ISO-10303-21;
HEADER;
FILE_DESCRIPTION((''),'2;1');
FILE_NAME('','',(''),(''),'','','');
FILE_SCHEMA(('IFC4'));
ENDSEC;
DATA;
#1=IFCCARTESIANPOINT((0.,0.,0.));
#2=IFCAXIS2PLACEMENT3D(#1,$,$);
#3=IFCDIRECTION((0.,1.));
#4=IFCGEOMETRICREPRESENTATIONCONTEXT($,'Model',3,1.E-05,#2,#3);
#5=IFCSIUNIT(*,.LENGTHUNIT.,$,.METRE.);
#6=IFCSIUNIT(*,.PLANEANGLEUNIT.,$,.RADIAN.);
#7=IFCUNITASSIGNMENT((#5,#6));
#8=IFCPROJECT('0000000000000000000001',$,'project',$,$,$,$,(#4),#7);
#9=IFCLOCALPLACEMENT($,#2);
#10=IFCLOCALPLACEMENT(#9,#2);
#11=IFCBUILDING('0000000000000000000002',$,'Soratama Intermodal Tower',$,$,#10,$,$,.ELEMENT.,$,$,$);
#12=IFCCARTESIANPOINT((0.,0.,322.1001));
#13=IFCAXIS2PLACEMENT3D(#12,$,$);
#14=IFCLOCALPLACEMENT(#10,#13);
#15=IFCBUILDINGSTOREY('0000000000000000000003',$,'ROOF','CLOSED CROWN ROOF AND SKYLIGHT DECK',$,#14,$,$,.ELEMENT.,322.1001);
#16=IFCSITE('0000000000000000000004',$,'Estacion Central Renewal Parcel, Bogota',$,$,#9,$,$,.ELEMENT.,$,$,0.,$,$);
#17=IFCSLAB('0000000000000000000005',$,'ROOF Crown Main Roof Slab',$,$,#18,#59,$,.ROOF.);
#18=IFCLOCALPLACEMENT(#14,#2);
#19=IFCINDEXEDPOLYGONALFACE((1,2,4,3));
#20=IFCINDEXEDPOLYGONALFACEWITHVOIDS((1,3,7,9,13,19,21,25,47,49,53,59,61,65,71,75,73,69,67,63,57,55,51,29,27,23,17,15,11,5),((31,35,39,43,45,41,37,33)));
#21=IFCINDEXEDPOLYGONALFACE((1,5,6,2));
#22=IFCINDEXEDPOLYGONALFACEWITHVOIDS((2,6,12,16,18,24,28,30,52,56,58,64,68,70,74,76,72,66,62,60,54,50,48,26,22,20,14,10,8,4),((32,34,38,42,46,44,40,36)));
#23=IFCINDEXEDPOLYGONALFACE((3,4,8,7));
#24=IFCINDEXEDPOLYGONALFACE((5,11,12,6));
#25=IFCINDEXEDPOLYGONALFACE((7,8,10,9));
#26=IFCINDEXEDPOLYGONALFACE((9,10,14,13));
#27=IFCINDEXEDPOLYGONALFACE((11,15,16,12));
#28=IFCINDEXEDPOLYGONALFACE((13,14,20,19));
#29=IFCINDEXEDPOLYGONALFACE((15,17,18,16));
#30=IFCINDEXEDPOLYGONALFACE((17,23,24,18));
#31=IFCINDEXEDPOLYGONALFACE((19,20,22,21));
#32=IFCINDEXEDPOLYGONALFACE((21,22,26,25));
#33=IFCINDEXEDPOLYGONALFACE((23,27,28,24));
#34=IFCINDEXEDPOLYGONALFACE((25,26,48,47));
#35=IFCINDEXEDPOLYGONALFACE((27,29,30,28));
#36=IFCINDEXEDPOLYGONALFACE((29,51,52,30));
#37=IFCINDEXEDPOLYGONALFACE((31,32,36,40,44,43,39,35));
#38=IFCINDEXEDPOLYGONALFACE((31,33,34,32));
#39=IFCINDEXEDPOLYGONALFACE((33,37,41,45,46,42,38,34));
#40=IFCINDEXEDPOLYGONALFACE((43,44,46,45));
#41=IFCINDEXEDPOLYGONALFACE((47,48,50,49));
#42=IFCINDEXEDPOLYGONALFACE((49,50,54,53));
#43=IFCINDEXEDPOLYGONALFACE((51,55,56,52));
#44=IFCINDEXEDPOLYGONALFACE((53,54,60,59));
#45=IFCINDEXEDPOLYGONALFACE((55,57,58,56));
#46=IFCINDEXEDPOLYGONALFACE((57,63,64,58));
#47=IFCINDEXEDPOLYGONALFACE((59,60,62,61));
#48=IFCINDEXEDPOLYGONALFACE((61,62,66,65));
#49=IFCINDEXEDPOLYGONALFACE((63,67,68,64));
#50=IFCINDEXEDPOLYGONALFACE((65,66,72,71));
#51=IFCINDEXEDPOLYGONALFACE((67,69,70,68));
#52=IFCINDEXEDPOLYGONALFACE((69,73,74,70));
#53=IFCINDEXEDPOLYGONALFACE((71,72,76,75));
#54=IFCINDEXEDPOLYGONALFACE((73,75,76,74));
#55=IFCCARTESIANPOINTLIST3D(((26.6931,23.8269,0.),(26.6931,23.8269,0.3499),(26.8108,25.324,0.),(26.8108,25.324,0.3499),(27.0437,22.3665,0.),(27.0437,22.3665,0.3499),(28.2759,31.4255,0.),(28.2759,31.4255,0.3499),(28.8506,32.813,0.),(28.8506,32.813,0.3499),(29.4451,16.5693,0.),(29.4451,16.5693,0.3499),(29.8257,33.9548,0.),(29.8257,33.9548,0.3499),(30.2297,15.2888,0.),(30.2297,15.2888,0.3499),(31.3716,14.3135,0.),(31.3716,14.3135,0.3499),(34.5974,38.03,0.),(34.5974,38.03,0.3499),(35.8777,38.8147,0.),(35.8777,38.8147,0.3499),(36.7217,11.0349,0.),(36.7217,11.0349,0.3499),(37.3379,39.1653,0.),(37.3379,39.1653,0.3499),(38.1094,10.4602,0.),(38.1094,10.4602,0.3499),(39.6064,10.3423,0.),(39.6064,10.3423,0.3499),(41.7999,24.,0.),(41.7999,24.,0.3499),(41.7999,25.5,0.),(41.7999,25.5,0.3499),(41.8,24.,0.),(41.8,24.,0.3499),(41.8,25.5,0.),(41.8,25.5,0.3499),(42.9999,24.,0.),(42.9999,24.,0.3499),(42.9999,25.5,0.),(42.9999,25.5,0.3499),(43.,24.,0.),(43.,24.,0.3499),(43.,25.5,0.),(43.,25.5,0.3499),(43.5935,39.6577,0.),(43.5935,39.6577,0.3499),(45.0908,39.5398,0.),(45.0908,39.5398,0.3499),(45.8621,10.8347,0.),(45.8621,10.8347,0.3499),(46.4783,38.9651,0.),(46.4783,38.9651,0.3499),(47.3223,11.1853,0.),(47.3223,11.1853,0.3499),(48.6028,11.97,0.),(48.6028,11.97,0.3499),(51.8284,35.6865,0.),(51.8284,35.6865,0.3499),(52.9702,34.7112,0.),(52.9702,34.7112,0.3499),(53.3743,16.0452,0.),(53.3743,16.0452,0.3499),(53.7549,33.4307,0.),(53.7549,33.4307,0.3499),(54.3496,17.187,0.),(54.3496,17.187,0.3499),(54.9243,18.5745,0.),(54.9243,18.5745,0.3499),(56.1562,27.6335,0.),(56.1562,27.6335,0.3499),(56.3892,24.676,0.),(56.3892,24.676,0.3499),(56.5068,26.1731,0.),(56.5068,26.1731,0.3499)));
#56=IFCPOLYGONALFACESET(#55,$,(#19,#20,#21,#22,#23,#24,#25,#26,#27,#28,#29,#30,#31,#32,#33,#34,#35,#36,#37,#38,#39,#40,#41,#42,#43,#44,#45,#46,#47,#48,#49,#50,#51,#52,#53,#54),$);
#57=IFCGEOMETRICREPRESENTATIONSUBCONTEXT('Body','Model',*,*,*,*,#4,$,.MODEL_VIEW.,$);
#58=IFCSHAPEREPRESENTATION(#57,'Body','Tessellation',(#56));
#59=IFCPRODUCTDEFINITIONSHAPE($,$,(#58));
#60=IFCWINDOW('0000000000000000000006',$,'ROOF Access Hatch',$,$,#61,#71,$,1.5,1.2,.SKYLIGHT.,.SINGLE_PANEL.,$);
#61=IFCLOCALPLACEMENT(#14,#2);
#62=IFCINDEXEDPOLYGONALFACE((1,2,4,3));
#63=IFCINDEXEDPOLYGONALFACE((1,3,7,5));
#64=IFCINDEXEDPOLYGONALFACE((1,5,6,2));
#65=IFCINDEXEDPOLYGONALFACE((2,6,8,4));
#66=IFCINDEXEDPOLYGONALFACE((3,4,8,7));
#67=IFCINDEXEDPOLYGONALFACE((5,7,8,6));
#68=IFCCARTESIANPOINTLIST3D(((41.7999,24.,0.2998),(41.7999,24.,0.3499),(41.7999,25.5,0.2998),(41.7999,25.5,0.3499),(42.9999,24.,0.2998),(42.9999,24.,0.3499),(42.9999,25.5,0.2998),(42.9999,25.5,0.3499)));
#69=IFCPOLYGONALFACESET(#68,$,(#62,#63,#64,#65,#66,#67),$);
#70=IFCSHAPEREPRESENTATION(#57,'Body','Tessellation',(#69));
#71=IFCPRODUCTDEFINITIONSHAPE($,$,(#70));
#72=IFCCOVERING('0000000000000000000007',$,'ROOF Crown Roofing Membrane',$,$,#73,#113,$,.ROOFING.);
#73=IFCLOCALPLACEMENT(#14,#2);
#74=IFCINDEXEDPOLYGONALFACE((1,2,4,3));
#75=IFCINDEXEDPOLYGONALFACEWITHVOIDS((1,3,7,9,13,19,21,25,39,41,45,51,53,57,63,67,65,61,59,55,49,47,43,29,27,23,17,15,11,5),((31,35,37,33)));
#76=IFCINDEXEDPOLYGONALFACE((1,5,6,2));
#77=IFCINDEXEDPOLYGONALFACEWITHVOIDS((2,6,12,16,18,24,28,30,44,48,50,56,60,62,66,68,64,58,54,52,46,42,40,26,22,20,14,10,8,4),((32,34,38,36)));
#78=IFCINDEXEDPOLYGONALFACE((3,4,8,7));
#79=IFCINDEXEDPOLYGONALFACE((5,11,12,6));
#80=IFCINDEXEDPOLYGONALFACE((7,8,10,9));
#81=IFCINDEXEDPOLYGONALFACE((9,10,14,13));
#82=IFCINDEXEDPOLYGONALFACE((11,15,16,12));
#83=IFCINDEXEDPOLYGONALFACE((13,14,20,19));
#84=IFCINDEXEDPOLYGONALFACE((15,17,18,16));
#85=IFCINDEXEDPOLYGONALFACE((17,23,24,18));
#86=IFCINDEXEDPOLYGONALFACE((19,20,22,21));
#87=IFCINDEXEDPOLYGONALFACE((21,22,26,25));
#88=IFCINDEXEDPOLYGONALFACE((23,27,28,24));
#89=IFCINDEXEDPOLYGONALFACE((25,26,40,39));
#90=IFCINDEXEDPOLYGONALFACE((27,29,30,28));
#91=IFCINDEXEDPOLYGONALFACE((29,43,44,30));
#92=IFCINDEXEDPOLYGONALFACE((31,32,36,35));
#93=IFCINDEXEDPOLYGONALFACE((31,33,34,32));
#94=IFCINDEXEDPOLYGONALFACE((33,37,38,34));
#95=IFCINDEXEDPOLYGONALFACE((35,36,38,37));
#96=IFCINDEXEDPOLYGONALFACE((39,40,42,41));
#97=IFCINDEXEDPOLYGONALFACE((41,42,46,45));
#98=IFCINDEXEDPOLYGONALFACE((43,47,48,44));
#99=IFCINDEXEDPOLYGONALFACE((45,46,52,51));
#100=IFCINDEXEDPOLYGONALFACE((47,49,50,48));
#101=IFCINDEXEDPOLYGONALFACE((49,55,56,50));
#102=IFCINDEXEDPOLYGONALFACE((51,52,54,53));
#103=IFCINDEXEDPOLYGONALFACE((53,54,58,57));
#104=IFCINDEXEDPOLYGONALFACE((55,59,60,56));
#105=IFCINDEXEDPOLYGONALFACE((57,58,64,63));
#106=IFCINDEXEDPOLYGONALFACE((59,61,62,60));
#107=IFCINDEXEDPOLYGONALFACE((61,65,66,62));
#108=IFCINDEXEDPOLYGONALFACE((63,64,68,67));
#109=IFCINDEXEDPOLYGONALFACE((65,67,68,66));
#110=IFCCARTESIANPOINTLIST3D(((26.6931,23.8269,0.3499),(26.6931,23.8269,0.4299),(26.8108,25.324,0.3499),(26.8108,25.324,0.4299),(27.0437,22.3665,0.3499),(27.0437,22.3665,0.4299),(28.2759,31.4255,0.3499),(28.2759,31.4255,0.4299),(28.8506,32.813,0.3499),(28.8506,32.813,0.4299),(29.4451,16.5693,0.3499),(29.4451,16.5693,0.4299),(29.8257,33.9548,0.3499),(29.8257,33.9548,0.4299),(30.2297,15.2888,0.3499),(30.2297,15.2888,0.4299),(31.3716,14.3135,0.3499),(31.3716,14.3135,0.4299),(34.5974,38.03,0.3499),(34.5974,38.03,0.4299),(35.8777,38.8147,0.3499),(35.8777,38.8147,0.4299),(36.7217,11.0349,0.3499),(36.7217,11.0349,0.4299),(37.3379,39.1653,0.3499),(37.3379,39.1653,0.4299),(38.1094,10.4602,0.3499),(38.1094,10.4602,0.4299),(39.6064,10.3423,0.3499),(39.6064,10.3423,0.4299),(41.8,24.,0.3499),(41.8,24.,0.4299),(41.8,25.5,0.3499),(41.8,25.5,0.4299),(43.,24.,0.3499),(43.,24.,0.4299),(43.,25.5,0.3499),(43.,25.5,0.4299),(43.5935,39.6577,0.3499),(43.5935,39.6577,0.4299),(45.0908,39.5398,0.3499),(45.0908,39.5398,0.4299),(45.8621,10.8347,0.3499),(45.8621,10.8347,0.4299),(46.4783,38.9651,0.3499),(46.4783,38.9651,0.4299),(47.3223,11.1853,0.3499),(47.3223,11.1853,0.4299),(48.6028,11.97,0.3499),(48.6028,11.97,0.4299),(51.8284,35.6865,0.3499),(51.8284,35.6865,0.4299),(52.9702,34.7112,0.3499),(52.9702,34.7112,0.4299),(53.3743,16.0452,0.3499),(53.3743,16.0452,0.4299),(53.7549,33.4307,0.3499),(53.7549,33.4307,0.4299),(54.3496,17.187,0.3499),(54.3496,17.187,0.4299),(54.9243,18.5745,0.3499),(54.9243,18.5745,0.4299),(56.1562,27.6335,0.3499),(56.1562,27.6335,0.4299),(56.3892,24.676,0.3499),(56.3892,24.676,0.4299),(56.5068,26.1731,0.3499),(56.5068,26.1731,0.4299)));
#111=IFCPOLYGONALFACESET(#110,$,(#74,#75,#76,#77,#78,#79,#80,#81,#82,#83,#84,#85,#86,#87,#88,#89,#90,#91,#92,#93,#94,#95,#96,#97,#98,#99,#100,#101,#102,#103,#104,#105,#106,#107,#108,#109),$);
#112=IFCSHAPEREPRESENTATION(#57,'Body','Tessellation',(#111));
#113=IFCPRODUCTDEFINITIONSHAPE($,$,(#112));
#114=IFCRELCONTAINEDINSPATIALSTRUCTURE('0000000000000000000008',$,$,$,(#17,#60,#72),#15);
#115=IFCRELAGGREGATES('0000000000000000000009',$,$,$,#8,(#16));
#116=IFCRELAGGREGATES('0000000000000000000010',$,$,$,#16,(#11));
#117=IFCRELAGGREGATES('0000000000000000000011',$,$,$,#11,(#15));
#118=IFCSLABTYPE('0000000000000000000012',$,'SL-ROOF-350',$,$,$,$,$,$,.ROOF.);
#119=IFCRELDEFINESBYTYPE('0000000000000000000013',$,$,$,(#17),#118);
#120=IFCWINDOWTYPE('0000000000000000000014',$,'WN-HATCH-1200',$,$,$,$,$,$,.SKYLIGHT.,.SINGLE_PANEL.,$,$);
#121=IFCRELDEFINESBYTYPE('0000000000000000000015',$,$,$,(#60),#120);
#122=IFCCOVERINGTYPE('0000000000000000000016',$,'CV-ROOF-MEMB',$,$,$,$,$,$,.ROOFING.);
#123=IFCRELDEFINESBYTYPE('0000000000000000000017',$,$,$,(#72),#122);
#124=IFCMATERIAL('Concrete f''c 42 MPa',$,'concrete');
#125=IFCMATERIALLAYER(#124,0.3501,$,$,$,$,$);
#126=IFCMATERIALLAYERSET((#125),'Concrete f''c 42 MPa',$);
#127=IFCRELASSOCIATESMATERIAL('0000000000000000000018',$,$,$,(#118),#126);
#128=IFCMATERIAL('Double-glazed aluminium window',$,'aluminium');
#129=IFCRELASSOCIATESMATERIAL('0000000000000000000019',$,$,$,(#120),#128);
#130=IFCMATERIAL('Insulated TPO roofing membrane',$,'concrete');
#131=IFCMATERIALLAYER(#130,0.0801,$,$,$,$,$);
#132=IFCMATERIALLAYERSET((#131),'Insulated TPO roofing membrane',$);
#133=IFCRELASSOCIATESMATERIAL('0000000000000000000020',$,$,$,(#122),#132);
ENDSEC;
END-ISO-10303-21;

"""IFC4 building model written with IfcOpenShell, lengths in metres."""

from ifc_helpers import new_model, si_unit, direction, frame, origin, origin_2d, place, context, subcontext, project, spatial, polyline, rectangle, outline, extrude, material, layer, layer_set, type_object, element, fill, save


model = new_model("IFC4")

# Units and contexts
model_context = context("Model", 3, precision=1e-05, world=origin(), true_north=direction((0.0, 1.0)))
body_context = subcontext(model_context, "Body", "Model", "MODEL_VIEW")
ifc_project = project(units=[si_unit("LENGTHUNIT", "METRE"), si_unit("PLANEANGLEUNIT", "RADIAN")], contexts=[model_context])

# Site, building, storey
site_placement = place(None, origin())
site = spatial("IfcSite", under=ifc_project, at=site_placement, Name="Estacion Central Renewal Parcel, Bogota", CompositionType="ELEMENT", RefElevation=0.0)
building_placement = place(site_placement, origin())
building = spatial("IfcBuilding", under=site, at=building_placement, Name="Soratama Intermodal Tower", CompositionType="ELEMENT")
storey_placement = place(building_placement, frame((0.0, 0.0, 322.1001)))
storey = spatial("IfcBuildingStorey", under=building, at=storey_placement, Name="ROOF", Description="CLOSED CROWN ROOF AND SKYLIGHT DECK", CompositionType="ELEMENT", Elevation=322.1001)

# Slab, opening, window
ifc_material_1 = material(Name="Concrete f'c 42 MPa", Category="concrete")
ifc_layer_1 = layer(ifc_material_1, 0.3501)
ifc_layer_set_1 = layer_set([ifc_layer_1], Name="Concrete f'c 42 MPa")
slab_type = type_object("IfcSlabType", Name="SL-ROOF-350", PredefinedType="ROOF", material=ifc_layer_set_1)
slab_placement = place(storey_placement, origin())
slab = element("IfcSlab", 1, at=slab_placement, inside=storey, type_object=slab_type, Name="ROOF Crown Main Roof Slab", PredefinedType="ROOF", context=body_context, shape_type="SweptSolid", body=[
    extrude(outline(polyline([(46.4783, 38.9651), (45.0908, 39.5398), (43.5935, 39.6577), (37.3379, 39.1653), (35.8777, 38.8147), (34.5974, 38.03), (29.8257, 33.9548), (28.8506, 32.813), (28.2759, 31.4255), (26.8108, 25.324), (26.6931, 23.8269), (27.0437, 22.3665), (29.4451, 16.5693), (30.2297, 15.2888), (31.3716, 14.3135), (36.7217, 11.0349), (38.1094, 10.4602), (39.6064, 10.3423), (45.8621, 10.8347), (47.3223, 11.1853), (48.6028, 11.97), (53.3743, 16.0452), (54.3496, 17.187), (54.9243, 18.5745), (56.3892, 24.676), (56.5068, 26.1731), (56.1562, 27.6335), (53.7549, 33.4307), (52.9702, 34.7112), (51.8284, 35.6865), (46.4783, 38.9651)]), holes=[polyline([(41.8, 24.0), (43.0, 24.0), (43.0, 25.5), (41.8, 25.5), (41.8, 24.0)])]), origin(), (0.0, 0.0, 1.0), 0.3499),
])
opening_placement = place(slab_placement, frame((42.3999, 24.75, 0.0)))
opening = element("IfcOpeningElement", 2, at=opening_placement, cuts=slab, PredefinedType="OPENING", context=body_context, shape_type="SweptSolid", body=[
    extrude(rectangle(XDim=1.2, YDim=1.5, at=origin_2d()), origin(), (0.0, 0.0, 1.0), 0.3499),
])
ifc_material_2 = material(Name="Double-glazed aluminium window", Category="aluminium")
window_type = type_object("IfcWindowType", Name="WN-HATCH-1200", PartitioningType="SINGLE_PANEL", PredefinedType="SKYLIGHT", material=ifc_material_2)
window_placement = place(opening_placement, frame((0.0, 0.0, 0.2998)))
window = element("IfcWindow", 3, at=window_placement, inside=storey, type_object=window_type, Name="ROOF Access Hatch", OverallHeight=1.5, OverallWidth=1.2, PartitioningType="SINGLE_PANEL", PredefinedType="SKYLIGHT", context=body_context, shape_type="SweptSolid", body=[
    extrude(rectangle(XDim=1.2, YDim=1.5, at=origin_2d()), origin(), (0.0, 0.0, 1.0), 0.05),
])
fill(opening, window)

# Covering
ifc_material_3 = material(Name="Insulated TPO roofing membrane", Category="concrete")
ifc_layer_2 = layer(ifc_material_3, 0.0801)
ifc_layer_set_2 = layer_set([ifc_layer_2], Name="Insulated TPO roofing membrane")
covering_type = type_object("IfcCoveringType", Name="CV-ROOF-MEMB", PredefinedType="ROOFING", material=ifc_layer_set_2)
covering_placement = place(storey_placement, frame((0.0, 0.0, 0.3499)))
element("IfcCovering", 4, at=covering_placement, inside=storey, type_object=covering_type, Name="ROOF Crown Roofing Membrane", PredefinedType="ROOFING", context=body_context, shape_type="SweptSolid", body=[
    extrude(outline(polyline([(46.4783, 38.9651), (45.0908, 39.5398), (43.5935, 39.6577), (37.3379, 39.1653), (35.8777, 38.8147), (34.5974, 38.03), (29.8257, 33.9548), (28.8506, 32.813), (28.2759, 31.4255), (26.8108, 25.324), (26.6931, 23.8269), (27.0437, 22.3665), (29.4451, 16.5693), (30.2297, 15.2888), (31.3716, 14.3135), (36.7217, 11.0349), (38.1094, 10.4602), (39.6064, 10.3423), (45.8621, 10.8347), (47.3223, 11.1853), (48.6028, 11.97), (53.3743, 16.0452), (54.3496, 17.187), (54.9243, 18.5745), (56.3892, 24.676), (56.5068, 26.1731), (56.1562, 27.6335), (53.7549, 33.4307), (52.9702, 34.7112), (51.8284, 35.6865), (46.4783, 38.9651)]), holes=[polyline([(41.8, 24.0), (43.0, 24.0), (43.0, 25.5), (41.8, 25.5), (41.8, 24.0)])]), origin(), (0.0, 0.0, 1.0), 0.0801),
])

save(model, "model.ifc")
